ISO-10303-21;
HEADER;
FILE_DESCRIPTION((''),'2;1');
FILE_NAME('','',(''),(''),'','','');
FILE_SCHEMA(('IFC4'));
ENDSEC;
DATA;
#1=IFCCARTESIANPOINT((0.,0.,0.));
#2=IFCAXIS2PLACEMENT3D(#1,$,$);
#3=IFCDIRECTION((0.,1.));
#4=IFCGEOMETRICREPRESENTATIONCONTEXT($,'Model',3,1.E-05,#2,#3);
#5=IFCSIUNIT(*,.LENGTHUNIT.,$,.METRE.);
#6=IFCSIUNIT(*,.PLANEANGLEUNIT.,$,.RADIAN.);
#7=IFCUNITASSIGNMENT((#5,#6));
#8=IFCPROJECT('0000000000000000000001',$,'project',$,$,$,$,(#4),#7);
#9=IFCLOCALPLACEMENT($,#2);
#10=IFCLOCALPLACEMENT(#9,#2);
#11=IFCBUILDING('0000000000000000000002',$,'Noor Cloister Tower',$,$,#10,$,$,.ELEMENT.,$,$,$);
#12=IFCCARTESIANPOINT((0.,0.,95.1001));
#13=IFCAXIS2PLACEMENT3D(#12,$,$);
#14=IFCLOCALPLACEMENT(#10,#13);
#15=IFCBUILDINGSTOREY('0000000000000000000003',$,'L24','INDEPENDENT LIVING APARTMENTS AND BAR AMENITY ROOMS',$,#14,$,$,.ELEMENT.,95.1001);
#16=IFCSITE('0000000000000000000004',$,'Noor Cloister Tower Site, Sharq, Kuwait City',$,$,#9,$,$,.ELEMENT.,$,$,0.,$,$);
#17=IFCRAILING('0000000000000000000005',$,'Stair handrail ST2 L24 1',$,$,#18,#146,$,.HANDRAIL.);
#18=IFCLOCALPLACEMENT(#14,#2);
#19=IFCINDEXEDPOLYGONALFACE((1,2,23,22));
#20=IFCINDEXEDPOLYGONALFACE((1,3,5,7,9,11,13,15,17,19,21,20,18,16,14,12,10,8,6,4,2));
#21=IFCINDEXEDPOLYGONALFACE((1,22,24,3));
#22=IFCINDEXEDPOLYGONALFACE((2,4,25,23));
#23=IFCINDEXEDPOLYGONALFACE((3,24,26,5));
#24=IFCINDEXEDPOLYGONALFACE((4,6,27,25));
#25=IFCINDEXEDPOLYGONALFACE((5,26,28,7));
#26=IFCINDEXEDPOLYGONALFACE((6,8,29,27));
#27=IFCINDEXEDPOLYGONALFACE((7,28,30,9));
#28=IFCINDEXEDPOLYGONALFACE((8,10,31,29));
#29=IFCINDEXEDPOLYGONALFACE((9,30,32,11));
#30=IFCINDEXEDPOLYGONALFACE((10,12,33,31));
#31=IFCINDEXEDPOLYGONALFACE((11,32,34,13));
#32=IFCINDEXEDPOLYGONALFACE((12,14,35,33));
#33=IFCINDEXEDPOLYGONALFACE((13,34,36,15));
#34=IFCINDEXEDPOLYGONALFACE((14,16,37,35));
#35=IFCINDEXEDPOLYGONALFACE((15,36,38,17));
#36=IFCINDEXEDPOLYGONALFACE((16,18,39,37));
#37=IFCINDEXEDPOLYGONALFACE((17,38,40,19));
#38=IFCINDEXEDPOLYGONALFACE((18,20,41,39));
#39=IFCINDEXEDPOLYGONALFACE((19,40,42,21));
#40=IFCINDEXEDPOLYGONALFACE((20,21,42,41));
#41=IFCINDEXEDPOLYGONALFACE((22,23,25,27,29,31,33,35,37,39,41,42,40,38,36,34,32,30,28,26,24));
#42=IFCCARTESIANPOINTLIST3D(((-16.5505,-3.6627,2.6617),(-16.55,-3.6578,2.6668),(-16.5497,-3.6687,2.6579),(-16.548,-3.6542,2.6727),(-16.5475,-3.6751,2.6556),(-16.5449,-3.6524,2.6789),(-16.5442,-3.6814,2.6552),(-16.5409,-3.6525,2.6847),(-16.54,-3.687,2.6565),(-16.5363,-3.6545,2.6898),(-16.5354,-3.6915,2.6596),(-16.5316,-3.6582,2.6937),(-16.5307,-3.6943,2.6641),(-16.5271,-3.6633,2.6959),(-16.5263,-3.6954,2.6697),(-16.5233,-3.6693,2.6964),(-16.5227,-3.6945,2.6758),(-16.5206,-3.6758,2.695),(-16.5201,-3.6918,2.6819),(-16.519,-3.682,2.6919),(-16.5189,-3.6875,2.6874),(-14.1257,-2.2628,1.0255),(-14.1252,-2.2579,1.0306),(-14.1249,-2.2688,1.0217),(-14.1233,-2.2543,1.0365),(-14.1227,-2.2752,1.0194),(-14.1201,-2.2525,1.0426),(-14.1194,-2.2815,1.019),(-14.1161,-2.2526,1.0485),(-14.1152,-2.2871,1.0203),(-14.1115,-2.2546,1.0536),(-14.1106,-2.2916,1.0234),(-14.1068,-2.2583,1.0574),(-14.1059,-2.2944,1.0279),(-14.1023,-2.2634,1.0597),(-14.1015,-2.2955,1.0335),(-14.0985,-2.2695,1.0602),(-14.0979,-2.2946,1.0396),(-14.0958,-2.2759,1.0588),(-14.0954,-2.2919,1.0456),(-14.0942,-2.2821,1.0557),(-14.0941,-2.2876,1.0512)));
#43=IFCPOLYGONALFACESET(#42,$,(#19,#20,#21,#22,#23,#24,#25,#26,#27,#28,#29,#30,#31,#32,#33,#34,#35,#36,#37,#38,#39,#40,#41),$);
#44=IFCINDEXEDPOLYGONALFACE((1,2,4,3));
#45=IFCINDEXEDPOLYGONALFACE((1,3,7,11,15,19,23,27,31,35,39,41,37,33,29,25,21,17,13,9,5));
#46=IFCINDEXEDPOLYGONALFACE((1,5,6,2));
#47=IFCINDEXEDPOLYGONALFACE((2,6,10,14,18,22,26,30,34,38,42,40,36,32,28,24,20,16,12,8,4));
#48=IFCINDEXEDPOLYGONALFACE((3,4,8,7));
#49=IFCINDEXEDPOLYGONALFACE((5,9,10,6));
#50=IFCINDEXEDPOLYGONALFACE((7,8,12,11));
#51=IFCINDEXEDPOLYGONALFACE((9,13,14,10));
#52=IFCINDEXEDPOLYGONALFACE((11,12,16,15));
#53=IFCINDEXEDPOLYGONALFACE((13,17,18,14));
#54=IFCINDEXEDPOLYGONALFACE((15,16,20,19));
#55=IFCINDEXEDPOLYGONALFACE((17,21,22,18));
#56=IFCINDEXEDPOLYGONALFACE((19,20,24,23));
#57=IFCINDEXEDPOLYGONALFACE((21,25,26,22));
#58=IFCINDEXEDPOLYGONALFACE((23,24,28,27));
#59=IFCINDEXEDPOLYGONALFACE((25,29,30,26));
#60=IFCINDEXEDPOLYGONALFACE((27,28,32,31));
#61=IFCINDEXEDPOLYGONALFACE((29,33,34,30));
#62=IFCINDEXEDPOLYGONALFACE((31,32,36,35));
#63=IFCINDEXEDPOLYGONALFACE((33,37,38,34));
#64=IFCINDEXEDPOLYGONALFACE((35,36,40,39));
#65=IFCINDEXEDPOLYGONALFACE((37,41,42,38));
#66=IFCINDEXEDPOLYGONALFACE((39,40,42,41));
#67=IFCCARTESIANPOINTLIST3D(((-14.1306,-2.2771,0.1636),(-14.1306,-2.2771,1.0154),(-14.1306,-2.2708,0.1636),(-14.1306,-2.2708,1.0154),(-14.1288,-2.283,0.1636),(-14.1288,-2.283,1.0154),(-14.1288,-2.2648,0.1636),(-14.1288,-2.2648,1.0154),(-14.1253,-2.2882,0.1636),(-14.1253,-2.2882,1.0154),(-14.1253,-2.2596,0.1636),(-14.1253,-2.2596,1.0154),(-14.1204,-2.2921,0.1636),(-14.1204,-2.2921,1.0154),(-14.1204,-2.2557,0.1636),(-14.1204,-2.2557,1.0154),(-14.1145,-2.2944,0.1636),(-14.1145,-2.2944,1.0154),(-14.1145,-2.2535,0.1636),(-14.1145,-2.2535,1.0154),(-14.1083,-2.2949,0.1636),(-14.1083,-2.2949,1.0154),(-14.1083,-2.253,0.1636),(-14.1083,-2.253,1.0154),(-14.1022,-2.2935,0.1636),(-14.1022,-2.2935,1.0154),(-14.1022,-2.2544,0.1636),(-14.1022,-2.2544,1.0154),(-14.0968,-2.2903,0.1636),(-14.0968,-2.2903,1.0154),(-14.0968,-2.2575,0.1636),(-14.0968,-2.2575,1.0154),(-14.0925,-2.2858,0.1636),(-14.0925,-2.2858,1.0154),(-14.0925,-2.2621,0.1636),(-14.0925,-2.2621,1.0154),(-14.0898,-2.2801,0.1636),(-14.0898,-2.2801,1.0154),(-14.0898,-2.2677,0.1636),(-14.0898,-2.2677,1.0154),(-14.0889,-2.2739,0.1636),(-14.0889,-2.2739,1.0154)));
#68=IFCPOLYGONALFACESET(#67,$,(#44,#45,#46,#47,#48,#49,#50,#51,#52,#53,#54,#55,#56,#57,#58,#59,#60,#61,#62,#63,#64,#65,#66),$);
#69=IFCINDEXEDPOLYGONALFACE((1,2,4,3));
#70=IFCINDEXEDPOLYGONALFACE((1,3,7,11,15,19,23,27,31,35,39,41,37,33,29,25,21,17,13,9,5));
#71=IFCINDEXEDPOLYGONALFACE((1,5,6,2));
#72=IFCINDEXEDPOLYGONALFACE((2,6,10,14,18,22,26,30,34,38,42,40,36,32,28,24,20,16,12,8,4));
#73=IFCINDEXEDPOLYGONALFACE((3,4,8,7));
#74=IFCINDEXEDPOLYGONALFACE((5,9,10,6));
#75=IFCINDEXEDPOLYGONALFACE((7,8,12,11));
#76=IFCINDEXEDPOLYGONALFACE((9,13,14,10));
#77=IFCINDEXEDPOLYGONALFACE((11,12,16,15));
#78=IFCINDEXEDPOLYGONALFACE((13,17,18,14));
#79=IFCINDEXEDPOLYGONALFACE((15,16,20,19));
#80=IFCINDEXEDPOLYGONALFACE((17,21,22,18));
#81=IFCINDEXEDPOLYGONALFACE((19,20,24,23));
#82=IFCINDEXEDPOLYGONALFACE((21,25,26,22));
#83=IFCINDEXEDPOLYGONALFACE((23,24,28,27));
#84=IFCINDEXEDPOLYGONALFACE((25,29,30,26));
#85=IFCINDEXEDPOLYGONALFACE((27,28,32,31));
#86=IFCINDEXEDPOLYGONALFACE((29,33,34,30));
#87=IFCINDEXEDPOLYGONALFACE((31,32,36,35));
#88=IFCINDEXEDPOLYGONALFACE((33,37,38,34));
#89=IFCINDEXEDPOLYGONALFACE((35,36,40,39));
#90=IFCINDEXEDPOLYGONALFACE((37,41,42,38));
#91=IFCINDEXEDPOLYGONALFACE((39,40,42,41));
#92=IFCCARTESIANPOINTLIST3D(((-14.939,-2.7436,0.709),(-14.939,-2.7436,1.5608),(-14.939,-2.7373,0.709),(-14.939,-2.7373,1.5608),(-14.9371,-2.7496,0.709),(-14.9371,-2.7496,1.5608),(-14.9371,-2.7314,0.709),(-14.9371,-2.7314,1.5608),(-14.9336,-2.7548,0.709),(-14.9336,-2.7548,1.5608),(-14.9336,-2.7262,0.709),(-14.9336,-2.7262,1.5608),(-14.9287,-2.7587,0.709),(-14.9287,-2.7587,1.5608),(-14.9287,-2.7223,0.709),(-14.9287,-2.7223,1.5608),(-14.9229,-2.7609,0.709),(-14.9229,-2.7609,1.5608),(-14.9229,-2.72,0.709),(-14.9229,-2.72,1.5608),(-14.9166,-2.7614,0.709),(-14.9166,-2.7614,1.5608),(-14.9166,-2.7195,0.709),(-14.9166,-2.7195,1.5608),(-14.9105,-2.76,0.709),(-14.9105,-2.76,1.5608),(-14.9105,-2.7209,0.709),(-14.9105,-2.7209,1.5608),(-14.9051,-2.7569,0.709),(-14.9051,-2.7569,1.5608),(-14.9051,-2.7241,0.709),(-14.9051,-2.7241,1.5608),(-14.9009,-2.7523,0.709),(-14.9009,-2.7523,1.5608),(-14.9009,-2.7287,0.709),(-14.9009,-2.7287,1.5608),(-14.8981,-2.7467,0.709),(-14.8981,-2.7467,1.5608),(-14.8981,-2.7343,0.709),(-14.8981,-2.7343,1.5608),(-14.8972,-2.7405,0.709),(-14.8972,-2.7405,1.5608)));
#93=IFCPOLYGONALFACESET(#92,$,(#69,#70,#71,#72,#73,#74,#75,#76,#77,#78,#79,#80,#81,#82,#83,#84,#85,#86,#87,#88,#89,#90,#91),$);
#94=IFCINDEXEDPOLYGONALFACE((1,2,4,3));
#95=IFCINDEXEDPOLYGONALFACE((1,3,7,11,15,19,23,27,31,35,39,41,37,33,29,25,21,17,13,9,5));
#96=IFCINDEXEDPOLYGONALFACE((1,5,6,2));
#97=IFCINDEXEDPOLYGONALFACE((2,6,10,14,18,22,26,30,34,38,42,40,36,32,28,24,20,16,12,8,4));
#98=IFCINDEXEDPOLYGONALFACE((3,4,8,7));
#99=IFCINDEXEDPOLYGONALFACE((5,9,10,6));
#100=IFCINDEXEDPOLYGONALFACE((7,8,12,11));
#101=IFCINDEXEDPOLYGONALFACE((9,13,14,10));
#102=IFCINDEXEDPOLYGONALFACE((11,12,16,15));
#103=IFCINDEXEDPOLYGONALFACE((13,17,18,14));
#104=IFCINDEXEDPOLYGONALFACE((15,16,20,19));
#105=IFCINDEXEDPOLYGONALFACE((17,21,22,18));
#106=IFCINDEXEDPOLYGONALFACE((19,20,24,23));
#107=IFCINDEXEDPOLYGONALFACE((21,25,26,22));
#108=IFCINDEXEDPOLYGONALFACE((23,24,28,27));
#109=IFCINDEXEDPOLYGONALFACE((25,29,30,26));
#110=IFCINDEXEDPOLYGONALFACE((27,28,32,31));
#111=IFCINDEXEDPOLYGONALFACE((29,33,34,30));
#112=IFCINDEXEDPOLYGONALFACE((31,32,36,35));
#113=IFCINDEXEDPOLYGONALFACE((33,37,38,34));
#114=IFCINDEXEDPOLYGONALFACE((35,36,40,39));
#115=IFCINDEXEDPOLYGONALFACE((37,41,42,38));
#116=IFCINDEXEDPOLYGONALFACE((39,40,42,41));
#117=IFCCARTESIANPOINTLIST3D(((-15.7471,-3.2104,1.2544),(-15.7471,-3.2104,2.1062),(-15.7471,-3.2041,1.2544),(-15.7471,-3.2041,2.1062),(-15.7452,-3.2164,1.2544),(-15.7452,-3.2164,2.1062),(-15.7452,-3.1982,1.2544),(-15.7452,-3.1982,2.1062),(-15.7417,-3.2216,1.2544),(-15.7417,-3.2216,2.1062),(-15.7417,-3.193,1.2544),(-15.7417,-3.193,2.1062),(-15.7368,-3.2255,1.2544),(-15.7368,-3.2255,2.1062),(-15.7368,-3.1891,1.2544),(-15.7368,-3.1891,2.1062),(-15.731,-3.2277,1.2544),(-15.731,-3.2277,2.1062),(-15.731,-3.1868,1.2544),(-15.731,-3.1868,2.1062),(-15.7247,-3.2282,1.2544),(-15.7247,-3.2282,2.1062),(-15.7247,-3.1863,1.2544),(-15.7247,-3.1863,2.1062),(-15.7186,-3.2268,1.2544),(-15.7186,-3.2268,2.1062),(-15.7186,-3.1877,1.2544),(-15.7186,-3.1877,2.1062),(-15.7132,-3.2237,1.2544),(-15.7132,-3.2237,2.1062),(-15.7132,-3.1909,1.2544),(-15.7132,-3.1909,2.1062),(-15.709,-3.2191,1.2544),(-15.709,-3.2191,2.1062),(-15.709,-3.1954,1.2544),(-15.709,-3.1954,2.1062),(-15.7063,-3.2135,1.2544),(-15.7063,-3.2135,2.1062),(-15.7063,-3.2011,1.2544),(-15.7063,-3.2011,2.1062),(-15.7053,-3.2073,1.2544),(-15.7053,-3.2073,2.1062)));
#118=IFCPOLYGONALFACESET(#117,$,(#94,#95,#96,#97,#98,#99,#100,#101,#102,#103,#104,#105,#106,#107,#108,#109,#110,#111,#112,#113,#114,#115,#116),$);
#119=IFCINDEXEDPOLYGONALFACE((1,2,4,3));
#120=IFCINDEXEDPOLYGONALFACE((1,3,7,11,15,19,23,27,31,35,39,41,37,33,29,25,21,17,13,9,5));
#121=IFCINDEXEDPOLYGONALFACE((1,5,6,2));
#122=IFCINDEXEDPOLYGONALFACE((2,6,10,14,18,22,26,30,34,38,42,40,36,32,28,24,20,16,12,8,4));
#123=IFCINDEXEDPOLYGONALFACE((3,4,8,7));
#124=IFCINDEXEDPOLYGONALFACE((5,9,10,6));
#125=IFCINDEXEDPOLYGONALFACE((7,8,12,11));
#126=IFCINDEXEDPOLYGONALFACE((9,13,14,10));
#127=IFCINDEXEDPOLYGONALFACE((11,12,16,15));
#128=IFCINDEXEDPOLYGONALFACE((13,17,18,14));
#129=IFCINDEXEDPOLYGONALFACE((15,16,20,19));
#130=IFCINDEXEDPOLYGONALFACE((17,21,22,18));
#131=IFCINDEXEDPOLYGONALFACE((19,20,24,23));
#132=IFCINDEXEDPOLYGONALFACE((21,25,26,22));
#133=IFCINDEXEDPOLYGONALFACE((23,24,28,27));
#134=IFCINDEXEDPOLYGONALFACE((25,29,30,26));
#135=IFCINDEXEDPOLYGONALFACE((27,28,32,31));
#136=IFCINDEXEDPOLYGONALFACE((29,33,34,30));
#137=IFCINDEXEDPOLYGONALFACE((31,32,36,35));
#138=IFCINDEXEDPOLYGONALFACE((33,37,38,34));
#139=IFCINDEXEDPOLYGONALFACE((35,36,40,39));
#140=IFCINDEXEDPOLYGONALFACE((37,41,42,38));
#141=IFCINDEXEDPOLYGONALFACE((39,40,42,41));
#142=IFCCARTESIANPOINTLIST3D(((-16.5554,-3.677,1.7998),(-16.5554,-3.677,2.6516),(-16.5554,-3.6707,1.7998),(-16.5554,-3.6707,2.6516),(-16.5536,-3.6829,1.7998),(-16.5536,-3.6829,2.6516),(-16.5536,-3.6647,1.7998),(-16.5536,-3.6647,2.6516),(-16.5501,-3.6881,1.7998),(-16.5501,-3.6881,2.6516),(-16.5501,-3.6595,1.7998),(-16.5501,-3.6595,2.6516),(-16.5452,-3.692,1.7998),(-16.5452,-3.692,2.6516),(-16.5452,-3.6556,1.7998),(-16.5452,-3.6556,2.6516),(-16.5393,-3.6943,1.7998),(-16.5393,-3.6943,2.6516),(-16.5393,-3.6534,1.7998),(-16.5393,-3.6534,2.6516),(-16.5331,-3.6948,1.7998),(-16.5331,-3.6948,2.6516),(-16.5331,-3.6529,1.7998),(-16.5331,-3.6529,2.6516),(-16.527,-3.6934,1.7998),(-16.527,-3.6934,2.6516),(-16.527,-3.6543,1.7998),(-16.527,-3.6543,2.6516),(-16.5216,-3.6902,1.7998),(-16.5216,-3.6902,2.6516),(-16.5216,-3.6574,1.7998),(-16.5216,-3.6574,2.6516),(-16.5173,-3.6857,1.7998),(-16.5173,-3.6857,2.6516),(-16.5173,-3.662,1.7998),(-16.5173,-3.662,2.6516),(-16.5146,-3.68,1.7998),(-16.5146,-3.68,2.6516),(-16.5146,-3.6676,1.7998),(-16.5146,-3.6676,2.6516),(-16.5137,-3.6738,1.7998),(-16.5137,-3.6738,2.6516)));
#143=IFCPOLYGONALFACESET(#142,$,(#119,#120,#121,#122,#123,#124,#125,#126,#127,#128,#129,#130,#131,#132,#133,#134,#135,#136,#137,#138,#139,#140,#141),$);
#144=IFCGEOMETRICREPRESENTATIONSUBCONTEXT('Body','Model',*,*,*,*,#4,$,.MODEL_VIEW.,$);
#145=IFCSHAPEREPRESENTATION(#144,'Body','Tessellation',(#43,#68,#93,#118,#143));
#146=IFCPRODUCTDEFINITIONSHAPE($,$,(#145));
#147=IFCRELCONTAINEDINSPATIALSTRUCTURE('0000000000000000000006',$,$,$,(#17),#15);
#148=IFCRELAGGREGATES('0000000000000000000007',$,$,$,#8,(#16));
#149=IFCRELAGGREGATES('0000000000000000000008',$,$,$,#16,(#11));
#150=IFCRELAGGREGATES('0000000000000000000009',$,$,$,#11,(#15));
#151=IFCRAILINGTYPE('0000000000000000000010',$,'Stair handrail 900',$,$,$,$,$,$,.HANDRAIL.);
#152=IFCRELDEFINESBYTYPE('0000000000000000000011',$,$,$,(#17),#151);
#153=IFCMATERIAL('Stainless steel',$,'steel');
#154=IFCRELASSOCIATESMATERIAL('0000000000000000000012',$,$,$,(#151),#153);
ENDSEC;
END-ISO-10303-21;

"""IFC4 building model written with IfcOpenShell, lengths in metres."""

from ifc_helpers import new_model, si_unit, direction, frame, origin, origin_2d, place, context, subcontext, project, spatial, circle, extrude, material, type_object, element, save


model = new_model("IFC4")

# Units and contexts
model_context = context("Model", 3, precision=1e-05, world=origin(), true_north=direction((0.0, 1.0)))
body_context = subcontext(model_context, "Body", "Model", "MODEL_VIEW")
ifc_project = project(units=[si_unit("LENGTHUNIT", "METRE"), si_unit("PLANEANGLEUNIT", "RADIAN")], contexts=[model_context])

# Site, building, storey
site_placement = place(None, origin())
site = spatial("IfcSite", under=ifc_project, at=site_placement, Name="Noor Cloister Tower Site, Sharq, Kuwait City", CompositionType="ELEMENT", RefElevation=0.0)
building_placement = place(site_placement, origin())
building = spatial("IfcBuilding", under=site, at=building_placement, Name="Noor Cloister Tower", CompositionType="ELEMENT")
storey_placement = place(building_placement, frame((0.0, 0.0, 95.1001)))
storey = spatial("IfcBuildingStorey", under=building, at=storey_placement, Name="L24", Description="INDEPENDENT LIVING APARTMENTS AND BAR AMENITY ROOMS", CompositionType="ELEMENT", Elevation=95.1001)

# Railing
ifc_material_1 = material(Name="Stainless steel", Category="steel")
railing_type_1 = type_object("IfcRailingType", Name="Stair handrail 900", PredefinedType="HANDRAIL", material=ifc_material_1)
railing_1_placement = place(storey_placement, frame((-14.1099, -2.2739, 0.1636)))
element("IfcRailing", 1, at=railing_1_placement, inside=storey, type_object=railing_type_1, Name="Stair handrail ST2 L24 1", PredefinedType="HANDRAIL", context=body_context, shape_type="SweptSolid", body=[
    extrude(circle(Radius=0.0239, at=origin_2d()), frame((0.0, 0.0, 0.876), z_axis=(-0.747718, -0.431677, 0.504552), x_axis=(0.499984, -0.866035, 0.0)), (0.0, 0.0, 1.0), 3.2429),
    extrude(circle(Radius=0.021, at=origin_2d()), origin(), (0.0, 0.0, 1.0), 0.8518),
    extrude(circle(Radius=0.021, at=origin_2d()), frame((-0.8083, -0.4666, 0.5454)), (0.0, 0.0, 1.0), 0.8518),
    extrude(circle(Radius=0.021, at=origin_2d()), frame((-1.6165, -0.9333, 1.0908)), (0.0, 0.0, 1.0), 0.8518),
    extrude(circle(Radius=0.021, at=origin_2d()), frame((-2.4248, -1.3999, 1.6362)), (0.0, 0.0, 1.0), 0.8518),
])

save(model, "model.ifc")
